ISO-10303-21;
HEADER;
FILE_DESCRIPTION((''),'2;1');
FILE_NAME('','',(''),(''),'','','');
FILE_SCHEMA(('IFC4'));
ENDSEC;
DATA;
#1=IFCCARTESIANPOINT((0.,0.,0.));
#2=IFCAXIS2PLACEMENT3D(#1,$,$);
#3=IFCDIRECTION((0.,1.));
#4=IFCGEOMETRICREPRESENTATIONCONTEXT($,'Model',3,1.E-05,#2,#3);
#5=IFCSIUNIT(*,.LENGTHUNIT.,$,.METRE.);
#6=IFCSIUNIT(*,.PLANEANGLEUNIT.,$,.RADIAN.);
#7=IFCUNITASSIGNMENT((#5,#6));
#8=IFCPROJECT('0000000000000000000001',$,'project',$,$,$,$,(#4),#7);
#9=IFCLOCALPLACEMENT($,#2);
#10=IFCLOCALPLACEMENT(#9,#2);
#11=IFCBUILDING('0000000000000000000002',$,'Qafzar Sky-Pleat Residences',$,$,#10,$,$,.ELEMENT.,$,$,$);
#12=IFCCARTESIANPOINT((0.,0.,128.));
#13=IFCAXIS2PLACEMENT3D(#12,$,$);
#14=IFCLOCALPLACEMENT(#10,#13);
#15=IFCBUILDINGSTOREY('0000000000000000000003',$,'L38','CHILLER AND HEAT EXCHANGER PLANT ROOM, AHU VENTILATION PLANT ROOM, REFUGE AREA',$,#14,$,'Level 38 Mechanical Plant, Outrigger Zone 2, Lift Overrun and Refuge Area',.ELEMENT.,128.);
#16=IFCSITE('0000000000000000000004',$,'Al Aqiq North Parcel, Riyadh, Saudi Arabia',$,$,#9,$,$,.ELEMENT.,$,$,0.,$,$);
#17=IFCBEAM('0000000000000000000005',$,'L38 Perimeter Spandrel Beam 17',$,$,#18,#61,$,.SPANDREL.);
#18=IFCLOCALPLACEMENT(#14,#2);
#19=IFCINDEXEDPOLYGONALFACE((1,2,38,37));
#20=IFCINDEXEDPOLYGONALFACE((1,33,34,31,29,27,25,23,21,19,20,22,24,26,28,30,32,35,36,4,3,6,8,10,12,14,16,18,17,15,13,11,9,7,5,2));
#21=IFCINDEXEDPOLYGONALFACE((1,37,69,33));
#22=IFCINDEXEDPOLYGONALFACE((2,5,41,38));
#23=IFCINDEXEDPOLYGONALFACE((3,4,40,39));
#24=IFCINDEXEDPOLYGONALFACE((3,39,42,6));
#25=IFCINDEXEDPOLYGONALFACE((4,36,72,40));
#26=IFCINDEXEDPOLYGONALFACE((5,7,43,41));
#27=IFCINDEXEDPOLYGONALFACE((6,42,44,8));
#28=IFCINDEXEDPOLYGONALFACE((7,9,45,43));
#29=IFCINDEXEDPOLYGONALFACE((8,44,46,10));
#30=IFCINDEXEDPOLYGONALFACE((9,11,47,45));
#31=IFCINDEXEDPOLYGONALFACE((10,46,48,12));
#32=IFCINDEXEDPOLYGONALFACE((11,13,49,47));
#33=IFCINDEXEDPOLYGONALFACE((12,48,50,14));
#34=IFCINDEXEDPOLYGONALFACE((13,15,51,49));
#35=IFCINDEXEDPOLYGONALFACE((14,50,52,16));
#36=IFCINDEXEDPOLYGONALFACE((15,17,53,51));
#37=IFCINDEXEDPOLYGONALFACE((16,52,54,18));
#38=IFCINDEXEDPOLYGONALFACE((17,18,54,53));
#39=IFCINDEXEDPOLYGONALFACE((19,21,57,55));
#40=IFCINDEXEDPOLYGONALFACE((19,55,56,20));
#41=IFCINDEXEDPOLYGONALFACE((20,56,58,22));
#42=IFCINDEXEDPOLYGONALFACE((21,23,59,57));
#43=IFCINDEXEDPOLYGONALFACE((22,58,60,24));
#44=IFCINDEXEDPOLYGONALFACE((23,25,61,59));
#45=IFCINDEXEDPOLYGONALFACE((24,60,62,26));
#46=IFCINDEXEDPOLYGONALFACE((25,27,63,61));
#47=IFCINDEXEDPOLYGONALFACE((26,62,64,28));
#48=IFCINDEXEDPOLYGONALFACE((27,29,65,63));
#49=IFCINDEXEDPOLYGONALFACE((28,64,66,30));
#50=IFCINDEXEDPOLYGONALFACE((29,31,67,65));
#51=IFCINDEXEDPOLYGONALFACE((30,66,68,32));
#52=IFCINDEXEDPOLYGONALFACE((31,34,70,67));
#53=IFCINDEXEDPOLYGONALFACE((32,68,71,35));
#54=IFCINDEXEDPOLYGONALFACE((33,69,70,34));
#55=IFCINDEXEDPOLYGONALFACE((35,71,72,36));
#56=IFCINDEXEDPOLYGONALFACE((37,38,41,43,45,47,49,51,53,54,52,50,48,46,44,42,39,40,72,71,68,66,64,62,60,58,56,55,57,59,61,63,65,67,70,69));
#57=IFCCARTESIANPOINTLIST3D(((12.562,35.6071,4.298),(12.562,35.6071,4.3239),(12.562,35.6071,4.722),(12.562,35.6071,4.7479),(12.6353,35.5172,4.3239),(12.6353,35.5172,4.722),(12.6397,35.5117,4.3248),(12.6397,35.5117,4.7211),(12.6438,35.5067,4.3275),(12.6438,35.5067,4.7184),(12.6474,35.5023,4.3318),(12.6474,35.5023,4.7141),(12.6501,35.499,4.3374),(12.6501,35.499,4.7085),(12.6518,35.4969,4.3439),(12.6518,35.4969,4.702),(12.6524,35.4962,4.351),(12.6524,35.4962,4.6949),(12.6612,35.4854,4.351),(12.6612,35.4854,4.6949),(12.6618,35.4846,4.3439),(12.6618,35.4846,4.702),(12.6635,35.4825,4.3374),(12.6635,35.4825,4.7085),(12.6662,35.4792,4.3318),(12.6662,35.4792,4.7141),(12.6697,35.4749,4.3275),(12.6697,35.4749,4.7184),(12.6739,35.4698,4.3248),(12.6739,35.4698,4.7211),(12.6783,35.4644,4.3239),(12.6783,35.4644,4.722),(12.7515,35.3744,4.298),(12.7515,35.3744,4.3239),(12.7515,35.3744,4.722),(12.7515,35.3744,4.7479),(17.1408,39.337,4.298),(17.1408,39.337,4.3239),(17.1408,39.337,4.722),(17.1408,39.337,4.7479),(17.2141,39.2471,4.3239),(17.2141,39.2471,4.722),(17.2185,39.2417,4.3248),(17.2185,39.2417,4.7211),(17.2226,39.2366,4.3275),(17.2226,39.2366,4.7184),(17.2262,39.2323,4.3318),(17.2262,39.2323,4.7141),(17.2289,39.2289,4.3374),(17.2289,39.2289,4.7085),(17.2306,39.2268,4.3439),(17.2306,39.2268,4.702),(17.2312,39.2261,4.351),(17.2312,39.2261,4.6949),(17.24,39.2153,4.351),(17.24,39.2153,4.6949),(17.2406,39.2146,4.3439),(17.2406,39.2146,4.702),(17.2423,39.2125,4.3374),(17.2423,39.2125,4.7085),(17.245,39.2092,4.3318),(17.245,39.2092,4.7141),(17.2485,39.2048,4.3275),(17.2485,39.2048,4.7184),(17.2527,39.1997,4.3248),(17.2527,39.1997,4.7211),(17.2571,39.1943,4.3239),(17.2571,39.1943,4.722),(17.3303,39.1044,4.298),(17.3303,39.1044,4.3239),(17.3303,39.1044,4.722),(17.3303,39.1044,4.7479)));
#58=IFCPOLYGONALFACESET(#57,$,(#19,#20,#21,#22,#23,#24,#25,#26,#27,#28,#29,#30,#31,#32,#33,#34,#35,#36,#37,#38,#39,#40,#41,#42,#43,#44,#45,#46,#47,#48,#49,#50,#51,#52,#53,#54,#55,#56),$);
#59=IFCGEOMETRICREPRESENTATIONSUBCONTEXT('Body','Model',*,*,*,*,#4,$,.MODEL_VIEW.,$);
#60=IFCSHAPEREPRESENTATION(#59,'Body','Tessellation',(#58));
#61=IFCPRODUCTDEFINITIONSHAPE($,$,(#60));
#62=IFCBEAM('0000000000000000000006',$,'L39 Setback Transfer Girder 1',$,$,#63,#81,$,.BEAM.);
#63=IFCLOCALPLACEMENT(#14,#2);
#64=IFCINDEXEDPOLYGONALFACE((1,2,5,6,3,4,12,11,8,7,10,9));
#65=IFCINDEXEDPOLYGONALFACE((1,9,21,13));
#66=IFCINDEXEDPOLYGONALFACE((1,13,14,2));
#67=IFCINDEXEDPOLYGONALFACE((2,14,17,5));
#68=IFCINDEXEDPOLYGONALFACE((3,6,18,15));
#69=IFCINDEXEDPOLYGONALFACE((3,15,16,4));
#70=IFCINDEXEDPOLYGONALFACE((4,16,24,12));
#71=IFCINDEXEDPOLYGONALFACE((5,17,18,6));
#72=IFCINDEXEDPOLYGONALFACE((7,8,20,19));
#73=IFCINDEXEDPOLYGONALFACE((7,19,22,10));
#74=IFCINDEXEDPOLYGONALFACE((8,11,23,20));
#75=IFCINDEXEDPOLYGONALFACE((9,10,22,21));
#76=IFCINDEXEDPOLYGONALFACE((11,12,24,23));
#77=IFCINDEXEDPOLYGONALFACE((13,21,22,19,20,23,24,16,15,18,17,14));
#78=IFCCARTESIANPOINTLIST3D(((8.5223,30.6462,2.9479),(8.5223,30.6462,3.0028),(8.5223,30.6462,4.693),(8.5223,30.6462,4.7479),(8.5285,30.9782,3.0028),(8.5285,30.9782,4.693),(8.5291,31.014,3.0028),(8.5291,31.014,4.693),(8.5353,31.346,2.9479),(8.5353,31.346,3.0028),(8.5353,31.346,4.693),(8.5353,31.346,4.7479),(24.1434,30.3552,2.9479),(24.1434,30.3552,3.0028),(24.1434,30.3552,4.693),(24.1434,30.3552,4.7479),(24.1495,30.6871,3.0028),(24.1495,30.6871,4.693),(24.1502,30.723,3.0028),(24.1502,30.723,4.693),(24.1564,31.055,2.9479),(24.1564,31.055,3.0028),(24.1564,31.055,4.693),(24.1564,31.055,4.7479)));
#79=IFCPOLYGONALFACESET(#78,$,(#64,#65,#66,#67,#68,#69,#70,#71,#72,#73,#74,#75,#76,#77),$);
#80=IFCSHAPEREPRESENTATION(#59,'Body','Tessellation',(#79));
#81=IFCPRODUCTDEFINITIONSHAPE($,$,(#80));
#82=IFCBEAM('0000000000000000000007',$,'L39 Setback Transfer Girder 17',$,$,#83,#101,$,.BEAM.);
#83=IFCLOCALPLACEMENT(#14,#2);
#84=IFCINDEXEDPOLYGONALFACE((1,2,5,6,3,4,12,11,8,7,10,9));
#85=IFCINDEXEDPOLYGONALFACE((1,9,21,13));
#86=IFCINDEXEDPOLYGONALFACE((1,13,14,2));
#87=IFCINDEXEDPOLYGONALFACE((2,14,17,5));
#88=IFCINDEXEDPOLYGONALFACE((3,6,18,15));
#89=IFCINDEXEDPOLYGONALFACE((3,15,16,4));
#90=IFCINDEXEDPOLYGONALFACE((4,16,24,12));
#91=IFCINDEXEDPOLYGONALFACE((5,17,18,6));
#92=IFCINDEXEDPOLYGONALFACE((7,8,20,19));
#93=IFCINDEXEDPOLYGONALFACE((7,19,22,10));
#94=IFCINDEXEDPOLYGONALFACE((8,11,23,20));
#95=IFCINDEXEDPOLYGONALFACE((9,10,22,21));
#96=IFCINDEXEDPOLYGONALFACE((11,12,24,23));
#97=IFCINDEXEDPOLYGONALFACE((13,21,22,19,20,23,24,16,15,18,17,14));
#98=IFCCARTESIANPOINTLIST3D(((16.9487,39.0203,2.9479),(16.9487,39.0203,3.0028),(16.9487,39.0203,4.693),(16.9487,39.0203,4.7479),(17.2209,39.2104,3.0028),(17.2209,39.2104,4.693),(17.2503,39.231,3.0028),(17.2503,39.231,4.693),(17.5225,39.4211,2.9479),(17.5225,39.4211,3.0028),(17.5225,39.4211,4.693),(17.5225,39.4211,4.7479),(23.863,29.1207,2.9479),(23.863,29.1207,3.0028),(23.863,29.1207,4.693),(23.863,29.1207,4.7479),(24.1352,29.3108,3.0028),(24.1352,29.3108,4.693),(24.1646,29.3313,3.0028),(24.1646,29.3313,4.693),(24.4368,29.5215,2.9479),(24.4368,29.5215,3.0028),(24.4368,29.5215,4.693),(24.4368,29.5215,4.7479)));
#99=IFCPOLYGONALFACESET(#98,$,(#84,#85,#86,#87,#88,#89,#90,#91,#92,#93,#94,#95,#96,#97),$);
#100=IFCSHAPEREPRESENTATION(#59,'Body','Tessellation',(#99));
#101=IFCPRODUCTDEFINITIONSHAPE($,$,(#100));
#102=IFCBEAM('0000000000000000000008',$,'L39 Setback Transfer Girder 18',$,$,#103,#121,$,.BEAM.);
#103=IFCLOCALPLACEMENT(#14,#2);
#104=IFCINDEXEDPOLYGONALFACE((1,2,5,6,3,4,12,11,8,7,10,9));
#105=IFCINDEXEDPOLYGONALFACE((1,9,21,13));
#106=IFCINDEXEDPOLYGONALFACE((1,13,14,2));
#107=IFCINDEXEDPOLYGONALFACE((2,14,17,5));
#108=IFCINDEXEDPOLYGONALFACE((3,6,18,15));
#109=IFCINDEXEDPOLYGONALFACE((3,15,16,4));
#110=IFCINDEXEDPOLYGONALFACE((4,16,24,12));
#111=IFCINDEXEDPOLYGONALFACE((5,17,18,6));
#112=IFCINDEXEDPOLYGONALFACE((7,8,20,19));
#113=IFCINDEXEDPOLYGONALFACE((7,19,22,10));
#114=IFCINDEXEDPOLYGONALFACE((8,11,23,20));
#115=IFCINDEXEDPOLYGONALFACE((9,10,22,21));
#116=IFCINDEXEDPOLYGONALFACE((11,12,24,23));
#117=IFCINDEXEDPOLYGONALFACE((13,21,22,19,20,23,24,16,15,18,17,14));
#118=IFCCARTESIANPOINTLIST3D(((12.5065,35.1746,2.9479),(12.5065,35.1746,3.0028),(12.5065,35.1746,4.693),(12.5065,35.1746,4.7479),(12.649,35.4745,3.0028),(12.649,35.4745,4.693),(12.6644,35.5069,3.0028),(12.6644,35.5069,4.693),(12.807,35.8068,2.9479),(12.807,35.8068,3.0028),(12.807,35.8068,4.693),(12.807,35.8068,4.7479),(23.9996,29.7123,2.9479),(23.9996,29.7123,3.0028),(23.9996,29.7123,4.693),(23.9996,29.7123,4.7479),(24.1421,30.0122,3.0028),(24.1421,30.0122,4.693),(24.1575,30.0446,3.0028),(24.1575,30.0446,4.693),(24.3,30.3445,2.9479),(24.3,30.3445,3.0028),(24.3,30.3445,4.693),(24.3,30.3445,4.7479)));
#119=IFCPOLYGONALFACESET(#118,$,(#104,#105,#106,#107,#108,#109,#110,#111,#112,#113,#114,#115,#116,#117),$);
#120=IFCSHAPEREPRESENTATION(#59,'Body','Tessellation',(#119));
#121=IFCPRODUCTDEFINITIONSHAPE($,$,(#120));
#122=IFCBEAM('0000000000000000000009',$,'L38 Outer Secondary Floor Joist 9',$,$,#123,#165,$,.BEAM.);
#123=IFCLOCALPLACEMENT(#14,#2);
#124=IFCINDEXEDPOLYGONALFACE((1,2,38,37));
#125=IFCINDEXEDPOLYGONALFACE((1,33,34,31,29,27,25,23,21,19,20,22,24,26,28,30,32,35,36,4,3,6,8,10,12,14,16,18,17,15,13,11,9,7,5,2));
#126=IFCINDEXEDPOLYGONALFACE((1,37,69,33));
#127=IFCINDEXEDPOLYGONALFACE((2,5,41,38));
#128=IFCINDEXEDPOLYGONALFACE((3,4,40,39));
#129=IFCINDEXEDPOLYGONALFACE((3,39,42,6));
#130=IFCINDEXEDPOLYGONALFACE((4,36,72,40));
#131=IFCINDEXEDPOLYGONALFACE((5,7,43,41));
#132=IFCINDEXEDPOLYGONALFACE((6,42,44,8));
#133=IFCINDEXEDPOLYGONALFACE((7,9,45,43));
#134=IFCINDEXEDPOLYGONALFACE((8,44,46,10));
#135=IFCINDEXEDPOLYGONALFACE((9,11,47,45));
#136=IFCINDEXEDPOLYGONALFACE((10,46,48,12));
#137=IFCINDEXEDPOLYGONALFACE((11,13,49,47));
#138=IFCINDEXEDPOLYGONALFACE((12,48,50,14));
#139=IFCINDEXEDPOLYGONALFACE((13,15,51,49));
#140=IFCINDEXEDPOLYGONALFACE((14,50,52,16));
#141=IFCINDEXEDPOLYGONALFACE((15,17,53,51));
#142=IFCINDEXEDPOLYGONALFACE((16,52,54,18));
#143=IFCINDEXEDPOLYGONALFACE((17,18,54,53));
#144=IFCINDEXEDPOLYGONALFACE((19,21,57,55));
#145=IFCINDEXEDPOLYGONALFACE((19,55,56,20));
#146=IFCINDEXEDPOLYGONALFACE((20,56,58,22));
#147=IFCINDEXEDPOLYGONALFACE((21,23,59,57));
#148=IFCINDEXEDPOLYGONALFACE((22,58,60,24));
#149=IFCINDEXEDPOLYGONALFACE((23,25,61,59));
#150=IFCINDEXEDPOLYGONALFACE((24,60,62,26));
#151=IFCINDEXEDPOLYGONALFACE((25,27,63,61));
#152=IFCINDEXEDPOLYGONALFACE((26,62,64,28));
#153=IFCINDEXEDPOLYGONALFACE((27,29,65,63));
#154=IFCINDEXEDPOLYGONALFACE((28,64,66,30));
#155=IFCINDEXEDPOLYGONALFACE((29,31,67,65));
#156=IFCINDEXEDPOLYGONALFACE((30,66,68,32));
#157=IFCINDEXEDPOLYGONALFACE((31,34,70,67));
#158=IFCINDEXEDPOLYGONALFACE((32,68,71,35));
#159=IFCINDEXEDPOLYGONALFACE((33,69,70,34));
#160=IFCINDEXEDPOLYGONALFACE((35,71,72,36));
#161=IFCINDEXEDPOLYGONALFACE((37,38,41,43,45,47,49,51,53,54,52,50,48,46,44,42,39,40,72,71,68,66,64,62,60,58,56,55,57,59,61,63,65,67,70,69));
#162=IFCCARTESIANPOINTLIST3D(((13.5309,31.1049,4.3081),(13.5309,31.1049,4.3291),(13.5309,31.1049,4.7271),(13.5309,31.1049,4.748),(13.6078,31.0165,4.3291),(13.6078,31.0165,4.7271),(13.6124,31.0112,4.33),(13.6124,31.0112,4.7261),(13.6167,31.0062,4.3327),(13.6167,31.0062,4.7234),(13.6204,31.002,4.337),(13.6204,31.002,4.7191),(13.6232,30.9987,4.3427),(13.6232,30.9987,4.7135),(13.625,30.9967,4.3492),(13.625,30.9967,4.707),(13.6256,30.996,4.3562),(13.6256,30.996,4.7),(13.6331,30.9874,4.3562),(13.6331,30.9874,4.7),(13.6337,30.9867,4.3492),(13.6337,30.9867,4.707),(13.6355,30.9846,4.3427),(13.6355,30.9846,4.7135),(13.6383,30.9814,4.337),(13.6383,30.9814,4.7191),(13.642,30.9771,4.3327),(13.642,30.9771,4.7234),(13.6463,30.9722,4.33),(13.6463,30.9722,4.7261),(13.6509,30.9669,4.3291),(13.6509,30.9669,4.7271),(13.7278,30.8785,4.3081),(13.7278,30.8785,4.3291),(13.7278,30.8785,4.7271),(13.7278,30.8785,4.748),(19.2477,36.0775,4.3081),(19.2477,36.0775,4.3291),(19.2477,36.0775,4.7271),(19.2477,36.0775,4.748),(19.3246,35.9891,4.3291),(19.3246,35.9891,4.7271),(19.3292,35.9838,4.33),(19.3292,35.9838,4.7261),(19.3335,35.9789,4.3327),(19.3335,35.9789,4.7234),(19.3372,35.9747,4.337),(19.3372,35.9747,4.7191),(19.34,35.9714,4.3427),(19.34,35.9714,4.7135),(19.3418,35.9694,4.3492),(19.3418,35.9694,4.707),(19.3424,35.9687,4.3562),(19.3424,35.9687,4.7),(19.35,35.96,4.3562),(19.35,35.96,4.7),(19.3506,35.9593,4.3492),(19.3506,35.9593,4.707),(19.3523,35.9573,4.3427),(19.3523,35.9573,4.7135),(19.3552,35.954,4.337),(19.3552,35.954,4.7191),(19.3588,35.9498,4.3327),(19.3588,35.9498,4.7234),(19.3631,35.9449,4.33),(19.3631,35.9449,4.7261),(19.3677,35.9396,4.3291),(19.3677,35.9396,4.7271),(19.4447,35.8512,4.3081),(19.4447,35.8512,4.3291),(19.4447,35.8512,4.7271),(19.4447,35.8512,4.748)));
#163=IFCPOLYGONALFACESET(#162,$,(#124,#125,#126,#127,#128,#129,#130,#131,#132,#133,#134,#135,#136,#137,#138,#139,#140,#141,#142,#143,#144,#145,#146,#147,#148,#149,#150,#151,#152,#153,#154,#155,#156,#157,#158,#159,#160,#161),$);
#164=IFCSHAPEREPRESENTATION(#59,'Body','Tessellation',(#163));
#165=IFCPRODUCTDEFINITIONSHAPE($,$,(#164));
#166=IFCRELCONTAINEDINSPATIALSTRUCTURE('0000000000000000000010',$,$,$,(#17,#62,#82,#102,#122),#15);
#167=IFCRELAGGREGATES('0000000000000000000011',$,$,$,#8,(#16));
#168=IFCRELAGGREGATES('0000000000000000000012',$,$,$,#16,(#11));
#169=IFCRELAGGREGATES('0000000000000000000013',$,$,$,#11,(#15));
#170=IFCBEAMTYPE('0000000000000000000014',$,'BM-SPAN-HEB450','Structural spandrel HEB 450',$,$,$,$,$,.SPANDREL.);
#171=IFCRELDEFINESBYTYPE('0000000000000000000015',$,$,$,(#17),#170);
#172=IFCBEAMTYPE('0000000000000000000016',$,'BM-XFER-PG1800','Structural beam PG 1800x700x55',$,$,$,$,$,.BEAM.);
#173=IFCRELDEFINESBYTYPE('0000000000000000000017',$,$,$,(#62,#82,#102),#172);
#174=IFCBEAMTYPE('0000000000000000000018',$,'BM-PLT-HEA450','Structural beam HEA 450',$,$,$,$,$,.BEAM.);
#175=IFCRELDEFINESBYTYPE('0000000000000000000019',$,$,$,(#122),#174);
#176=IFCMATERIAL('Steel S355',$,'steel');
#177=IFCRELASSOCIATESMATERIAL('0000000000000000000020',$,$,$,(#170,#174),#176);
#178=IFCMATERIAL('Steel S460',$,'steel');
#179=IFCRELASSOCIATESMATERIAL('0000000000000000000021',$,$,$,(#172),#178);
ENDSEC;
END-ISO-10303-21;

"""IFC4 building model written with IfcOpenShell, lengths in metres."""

from ifc_helpers import new_model, si_unit, direction, frame, origin, origin_2d, place, context, subcontext, project, spatial, i_section, extrude, source, transform, mapped, material, material_profile, profile_set, type_object, element, save


model = new_model("IFC4")

# Units and contexts
model_context = context("Model", 3, precision=1e-05, world=origin(), true_north=direction((0.0, 1.0)))
body_context = subcontext(model_context, "Body", "Model", "MODEL_VIEW")
ifc_project = project(units=[si_unit("LENGTHUNIT", "METRE"), si_unit("PLANEANGLEUNIT", "RADIAN")], contexts=[model_context])

# Site, building, storey
site_placement = place(None, origin())
site = spatial("IfcSite", under=ifc_project, at=site_placement, Name="Al Aqiq North Parcel, Riyadh, Saudi Arabia", CompositionType="ELEMENT", RefElevation=0.0)
building_placement = place(site_placement, origin())
building = spatial("IfcBuilding", under=site, at=building_placement, Name="Qafzar Sky-Pleat Residences", CompositionType="ELEMENT")
storey_placement = place(building_placement, frame((0.0, 0.0, 128.0)))
storey = spatial("IfcBuildingStorey", under=building, at=storey_placement, Name="L38", Description="CHILLER AND HEAT EXCHANGER PLANT ROOM, AHU VENTILATION PLANT ROOM, REFUGE AREA", LongName="Level 38 Mechanical Plant, Outrigger Zone 2, Lift Overrun and Refuge Area", CompositionType="ELEMENT", Elevation=128.0)

# Shared definitions
ifc_material_1 = material(Name="Steel S460", Category="steel")

# Beams
ifc_material_2 = material(Name="Steel S355", Category="steel")
ifc_material_profile_1 = material_profile(ifc_material_2, i_section(OverallWidth=0.3, OverallDepth=0.45, WebThickness=0.0139, FlangeThickness=0.0259, FilletRadius=0.0271, at=origin_2d()), Name="HEB 450")
ifc_profile_set_1 = profile_set([ifc_material_profile_1], Name="Steel S355")
beam_type_1 = type_object("IfcBeamType", Name="BM-SPAN-HEB450", Description="Structural spandrel HEB 450", PredefinedType="SPANDREL", material=ifc_profile_set_1)
shared_shape_1 = source(origin(), body_context, "Body", "SweptSolid", [
    extrude(i_section(OverallWidth=0.3, OverallDepth=0.45, WebThickness=0.0139, FlangeThickness=0.0259, FilletRadius=0.0271, at=origin_2d()), origin(), (0.0, 0.0, 1.0), 5.9058),
])
beam_1_placement = place(storey_placement, frame((17.2356, 39.2207, 4.5229), z_axis=(-0.775313, -0.631577, 0.0), x_axis=(0.631577, -0.775313, 0.0)))
element("IfcBeam", 1, at=beam_1_placement, inside=storey, type_object=beam_type_1, Name="L38 Perimeter Spandrel Beam 17", PredefinedType="SPANDREL", context=body_context, shape_type="MappedRepresentation", body=[
    mapped(shared_shape_1, transform((0.0, 0.0, 0.0), x_axis=(1.0, 0.0, 0.0), y_axis=(0.0, 1.0, 0.0), z_axis=(0.0, 0.0, 1.0), scale=1.0)),
])
ifc_material_profile_2 = material_profile(ifc_material_1, i_section(OverallWidth=0.7, OverallDepth=1.8, WebThickness=0.0359, FlangeThickness=0.0549, at=origin_2d()), Name="PG 1800x700x55")
ifc_profile_set_2 = profile_set([ifc_material_profile_2], Name="Steel S460")
beam_type_2 = type_object("IfcBeamType", Name="BM-XFER-PG1800", Description="Structural beam PG 1800x700x55", PredefinedType="BEAM", material=ifc_profile_set_2)
shared_shape_2 = source(origin(), body_context, "Body", "SweptSolid", [
    extrude(i_section(OverallWidth=0.7, OverallDepth=1.8, WebThickness=0.0359, FlangeThickness=0.0549, at=origin_2d()), origin(), (0.0, 0.0, 1.0), 15.6238),
])
beam_2_placement = place(storey_placement, frame((8.5288, 30.9961, 3.8479), z_axis=(0.999827, -0.018626, 0.0), x_axis=(0.018626, 0.999827, 0.0)))
element("IfcBeam", 2, at=beam_2_placement, inside=storey, type_object=beam_type_2, Name="L39 Setback Transfer Girder 1", PredefinedType="BEAM", context=body_context, shape_type="MappedRepresentation", body=[
    mapped(shared_shape_2, transform((0.0, 0.0, 0.0), x_axis=(1.0, 0.0, 0.0), y_axis=(0.0, 1.0, 0.0), z_axis=(0.0, 0.0, 1.0), scale=1.0)),
])
shared_shape_3 = source(origin(), body_context, "Body", "SweptSolid", [
    extrude(i_section(OverallWidth=0.7, OverallDepth=1.8, WebThickness=0.0359, FlangeThickness=0.0549, at=origin_2d()), origin(), (0.0, 0.0, 1.0), 12.0752),
])
beam_3_placement = place(storey_placement, frame((17.2356, 39.2207, 3.8479), z_axis=(0.572603, -0.819833, 0.0), x_axis=(0.819833, 0.572603, 0.0)))
element("IfcBeam", 3, at=beam_3_placement, inside=storey, type_object=beam_type_2, Name="L39 Setback Transfer Girder 17", PredefinedType="BEAM", context=body_context, shape_type="MappedRepresentation", body=[
    mapped(shared_shape_3, transform((0.0, 0.0, 0.0), x_axis=(1.0, 0.0, 0.0), y_axis=(0.0, 1.0, 0.0), z_axis=(0.0, 0.0, 1.0), scale=1.0)),
])
shared_shape_4 = source(origin(), body_context, "Body", "SweptSolid", [
    extrude(i_section(OverallWidth=0.7, OverallDepth=1.8, WebThickness=0.0359, FlangeThickness=0.0549, at=origin_2d()), origin(), (0.0, 0.0, 1.0), 12.7251),
])
beam_4_placement = place(storey_placement, frame((12.6567, 35.4907, 3.8479), z_axis=(0.903182, -0.429259, 0.0), x_axis=(0.429259, 0.903182, 0.0)))
element("IfcBeam", 4, at=beam_4_placement, inside=storey, type_object=beam_type_2, Name="L39 Setback Transfer Girder 18", PredefinedType="BEAM", context=body_context, shape_type="MappedRepresentation", body=[
    mapped(shared_shape_4, transform((0.0, 0.0, 0.0), x_axis=(1.0, 0.0, 0.0), y_axis=(0.0, 1.0, 0.0), z_axis=(0.0, 0.0, 1.0), scale=1.0)),
])
ifc_material_profile_3 = material_profile(ifc_material_2, i_section(OverallWidth=0.3, OverallDepth=0.4399, WebThickness=0.0115, FlangeThickness=0.021, FilletRadius=0.0271, at=origin_2d()), Name="HEA 450")
ifc_profile_set_3 = profile_set([ifc_material_profile_3], Name="Steel S355")
beam_type_3 = type_object("IfcBeamType", Name="BM-PLT-HEA450", Description="Structural beam HEA 450", PredefinedType="BEAM", material=ifc_profile_set_3)
shared_shape_5 = source(origin(), body_context, "Body", "SweptSolid", [
    extrude(i_section(OverallWidth=0.3, OverallDepth=0.4399, WebThickness=0.0115, FlangeThickness=0.021, FilletRadius=0.0271, at=origin_2d()), origin(), (0.0, 0.0, 1.0), 7.5769),
])
beam_5_placement = place(storey_placement, frame((19.3462, 35.9644, 4.5281), z_axis=(-0.754506, -0.656294, 0.0), x_axis=(0.656294, -0.754506, 0.0)))
element("IfcBeam", 5, at=beam_5_placement, inside=storey, type_object=beam_type_3, Name="L38 Outer Secondary Floor Joist 9", PredefinedType="BEAM", context=body_context, shape_type="MappedRepresentation", body=[
    mapped(shared_shape_5, transform((0.0, 0.0, 0.0), x_axis=(1.0, 0.0, 0.0), y_axis=(0.0, 1.0, 0.0), z_axis=(0.0, 0.0, 1.0), scale=1.0)),
])

save(model, "model.ifc")
